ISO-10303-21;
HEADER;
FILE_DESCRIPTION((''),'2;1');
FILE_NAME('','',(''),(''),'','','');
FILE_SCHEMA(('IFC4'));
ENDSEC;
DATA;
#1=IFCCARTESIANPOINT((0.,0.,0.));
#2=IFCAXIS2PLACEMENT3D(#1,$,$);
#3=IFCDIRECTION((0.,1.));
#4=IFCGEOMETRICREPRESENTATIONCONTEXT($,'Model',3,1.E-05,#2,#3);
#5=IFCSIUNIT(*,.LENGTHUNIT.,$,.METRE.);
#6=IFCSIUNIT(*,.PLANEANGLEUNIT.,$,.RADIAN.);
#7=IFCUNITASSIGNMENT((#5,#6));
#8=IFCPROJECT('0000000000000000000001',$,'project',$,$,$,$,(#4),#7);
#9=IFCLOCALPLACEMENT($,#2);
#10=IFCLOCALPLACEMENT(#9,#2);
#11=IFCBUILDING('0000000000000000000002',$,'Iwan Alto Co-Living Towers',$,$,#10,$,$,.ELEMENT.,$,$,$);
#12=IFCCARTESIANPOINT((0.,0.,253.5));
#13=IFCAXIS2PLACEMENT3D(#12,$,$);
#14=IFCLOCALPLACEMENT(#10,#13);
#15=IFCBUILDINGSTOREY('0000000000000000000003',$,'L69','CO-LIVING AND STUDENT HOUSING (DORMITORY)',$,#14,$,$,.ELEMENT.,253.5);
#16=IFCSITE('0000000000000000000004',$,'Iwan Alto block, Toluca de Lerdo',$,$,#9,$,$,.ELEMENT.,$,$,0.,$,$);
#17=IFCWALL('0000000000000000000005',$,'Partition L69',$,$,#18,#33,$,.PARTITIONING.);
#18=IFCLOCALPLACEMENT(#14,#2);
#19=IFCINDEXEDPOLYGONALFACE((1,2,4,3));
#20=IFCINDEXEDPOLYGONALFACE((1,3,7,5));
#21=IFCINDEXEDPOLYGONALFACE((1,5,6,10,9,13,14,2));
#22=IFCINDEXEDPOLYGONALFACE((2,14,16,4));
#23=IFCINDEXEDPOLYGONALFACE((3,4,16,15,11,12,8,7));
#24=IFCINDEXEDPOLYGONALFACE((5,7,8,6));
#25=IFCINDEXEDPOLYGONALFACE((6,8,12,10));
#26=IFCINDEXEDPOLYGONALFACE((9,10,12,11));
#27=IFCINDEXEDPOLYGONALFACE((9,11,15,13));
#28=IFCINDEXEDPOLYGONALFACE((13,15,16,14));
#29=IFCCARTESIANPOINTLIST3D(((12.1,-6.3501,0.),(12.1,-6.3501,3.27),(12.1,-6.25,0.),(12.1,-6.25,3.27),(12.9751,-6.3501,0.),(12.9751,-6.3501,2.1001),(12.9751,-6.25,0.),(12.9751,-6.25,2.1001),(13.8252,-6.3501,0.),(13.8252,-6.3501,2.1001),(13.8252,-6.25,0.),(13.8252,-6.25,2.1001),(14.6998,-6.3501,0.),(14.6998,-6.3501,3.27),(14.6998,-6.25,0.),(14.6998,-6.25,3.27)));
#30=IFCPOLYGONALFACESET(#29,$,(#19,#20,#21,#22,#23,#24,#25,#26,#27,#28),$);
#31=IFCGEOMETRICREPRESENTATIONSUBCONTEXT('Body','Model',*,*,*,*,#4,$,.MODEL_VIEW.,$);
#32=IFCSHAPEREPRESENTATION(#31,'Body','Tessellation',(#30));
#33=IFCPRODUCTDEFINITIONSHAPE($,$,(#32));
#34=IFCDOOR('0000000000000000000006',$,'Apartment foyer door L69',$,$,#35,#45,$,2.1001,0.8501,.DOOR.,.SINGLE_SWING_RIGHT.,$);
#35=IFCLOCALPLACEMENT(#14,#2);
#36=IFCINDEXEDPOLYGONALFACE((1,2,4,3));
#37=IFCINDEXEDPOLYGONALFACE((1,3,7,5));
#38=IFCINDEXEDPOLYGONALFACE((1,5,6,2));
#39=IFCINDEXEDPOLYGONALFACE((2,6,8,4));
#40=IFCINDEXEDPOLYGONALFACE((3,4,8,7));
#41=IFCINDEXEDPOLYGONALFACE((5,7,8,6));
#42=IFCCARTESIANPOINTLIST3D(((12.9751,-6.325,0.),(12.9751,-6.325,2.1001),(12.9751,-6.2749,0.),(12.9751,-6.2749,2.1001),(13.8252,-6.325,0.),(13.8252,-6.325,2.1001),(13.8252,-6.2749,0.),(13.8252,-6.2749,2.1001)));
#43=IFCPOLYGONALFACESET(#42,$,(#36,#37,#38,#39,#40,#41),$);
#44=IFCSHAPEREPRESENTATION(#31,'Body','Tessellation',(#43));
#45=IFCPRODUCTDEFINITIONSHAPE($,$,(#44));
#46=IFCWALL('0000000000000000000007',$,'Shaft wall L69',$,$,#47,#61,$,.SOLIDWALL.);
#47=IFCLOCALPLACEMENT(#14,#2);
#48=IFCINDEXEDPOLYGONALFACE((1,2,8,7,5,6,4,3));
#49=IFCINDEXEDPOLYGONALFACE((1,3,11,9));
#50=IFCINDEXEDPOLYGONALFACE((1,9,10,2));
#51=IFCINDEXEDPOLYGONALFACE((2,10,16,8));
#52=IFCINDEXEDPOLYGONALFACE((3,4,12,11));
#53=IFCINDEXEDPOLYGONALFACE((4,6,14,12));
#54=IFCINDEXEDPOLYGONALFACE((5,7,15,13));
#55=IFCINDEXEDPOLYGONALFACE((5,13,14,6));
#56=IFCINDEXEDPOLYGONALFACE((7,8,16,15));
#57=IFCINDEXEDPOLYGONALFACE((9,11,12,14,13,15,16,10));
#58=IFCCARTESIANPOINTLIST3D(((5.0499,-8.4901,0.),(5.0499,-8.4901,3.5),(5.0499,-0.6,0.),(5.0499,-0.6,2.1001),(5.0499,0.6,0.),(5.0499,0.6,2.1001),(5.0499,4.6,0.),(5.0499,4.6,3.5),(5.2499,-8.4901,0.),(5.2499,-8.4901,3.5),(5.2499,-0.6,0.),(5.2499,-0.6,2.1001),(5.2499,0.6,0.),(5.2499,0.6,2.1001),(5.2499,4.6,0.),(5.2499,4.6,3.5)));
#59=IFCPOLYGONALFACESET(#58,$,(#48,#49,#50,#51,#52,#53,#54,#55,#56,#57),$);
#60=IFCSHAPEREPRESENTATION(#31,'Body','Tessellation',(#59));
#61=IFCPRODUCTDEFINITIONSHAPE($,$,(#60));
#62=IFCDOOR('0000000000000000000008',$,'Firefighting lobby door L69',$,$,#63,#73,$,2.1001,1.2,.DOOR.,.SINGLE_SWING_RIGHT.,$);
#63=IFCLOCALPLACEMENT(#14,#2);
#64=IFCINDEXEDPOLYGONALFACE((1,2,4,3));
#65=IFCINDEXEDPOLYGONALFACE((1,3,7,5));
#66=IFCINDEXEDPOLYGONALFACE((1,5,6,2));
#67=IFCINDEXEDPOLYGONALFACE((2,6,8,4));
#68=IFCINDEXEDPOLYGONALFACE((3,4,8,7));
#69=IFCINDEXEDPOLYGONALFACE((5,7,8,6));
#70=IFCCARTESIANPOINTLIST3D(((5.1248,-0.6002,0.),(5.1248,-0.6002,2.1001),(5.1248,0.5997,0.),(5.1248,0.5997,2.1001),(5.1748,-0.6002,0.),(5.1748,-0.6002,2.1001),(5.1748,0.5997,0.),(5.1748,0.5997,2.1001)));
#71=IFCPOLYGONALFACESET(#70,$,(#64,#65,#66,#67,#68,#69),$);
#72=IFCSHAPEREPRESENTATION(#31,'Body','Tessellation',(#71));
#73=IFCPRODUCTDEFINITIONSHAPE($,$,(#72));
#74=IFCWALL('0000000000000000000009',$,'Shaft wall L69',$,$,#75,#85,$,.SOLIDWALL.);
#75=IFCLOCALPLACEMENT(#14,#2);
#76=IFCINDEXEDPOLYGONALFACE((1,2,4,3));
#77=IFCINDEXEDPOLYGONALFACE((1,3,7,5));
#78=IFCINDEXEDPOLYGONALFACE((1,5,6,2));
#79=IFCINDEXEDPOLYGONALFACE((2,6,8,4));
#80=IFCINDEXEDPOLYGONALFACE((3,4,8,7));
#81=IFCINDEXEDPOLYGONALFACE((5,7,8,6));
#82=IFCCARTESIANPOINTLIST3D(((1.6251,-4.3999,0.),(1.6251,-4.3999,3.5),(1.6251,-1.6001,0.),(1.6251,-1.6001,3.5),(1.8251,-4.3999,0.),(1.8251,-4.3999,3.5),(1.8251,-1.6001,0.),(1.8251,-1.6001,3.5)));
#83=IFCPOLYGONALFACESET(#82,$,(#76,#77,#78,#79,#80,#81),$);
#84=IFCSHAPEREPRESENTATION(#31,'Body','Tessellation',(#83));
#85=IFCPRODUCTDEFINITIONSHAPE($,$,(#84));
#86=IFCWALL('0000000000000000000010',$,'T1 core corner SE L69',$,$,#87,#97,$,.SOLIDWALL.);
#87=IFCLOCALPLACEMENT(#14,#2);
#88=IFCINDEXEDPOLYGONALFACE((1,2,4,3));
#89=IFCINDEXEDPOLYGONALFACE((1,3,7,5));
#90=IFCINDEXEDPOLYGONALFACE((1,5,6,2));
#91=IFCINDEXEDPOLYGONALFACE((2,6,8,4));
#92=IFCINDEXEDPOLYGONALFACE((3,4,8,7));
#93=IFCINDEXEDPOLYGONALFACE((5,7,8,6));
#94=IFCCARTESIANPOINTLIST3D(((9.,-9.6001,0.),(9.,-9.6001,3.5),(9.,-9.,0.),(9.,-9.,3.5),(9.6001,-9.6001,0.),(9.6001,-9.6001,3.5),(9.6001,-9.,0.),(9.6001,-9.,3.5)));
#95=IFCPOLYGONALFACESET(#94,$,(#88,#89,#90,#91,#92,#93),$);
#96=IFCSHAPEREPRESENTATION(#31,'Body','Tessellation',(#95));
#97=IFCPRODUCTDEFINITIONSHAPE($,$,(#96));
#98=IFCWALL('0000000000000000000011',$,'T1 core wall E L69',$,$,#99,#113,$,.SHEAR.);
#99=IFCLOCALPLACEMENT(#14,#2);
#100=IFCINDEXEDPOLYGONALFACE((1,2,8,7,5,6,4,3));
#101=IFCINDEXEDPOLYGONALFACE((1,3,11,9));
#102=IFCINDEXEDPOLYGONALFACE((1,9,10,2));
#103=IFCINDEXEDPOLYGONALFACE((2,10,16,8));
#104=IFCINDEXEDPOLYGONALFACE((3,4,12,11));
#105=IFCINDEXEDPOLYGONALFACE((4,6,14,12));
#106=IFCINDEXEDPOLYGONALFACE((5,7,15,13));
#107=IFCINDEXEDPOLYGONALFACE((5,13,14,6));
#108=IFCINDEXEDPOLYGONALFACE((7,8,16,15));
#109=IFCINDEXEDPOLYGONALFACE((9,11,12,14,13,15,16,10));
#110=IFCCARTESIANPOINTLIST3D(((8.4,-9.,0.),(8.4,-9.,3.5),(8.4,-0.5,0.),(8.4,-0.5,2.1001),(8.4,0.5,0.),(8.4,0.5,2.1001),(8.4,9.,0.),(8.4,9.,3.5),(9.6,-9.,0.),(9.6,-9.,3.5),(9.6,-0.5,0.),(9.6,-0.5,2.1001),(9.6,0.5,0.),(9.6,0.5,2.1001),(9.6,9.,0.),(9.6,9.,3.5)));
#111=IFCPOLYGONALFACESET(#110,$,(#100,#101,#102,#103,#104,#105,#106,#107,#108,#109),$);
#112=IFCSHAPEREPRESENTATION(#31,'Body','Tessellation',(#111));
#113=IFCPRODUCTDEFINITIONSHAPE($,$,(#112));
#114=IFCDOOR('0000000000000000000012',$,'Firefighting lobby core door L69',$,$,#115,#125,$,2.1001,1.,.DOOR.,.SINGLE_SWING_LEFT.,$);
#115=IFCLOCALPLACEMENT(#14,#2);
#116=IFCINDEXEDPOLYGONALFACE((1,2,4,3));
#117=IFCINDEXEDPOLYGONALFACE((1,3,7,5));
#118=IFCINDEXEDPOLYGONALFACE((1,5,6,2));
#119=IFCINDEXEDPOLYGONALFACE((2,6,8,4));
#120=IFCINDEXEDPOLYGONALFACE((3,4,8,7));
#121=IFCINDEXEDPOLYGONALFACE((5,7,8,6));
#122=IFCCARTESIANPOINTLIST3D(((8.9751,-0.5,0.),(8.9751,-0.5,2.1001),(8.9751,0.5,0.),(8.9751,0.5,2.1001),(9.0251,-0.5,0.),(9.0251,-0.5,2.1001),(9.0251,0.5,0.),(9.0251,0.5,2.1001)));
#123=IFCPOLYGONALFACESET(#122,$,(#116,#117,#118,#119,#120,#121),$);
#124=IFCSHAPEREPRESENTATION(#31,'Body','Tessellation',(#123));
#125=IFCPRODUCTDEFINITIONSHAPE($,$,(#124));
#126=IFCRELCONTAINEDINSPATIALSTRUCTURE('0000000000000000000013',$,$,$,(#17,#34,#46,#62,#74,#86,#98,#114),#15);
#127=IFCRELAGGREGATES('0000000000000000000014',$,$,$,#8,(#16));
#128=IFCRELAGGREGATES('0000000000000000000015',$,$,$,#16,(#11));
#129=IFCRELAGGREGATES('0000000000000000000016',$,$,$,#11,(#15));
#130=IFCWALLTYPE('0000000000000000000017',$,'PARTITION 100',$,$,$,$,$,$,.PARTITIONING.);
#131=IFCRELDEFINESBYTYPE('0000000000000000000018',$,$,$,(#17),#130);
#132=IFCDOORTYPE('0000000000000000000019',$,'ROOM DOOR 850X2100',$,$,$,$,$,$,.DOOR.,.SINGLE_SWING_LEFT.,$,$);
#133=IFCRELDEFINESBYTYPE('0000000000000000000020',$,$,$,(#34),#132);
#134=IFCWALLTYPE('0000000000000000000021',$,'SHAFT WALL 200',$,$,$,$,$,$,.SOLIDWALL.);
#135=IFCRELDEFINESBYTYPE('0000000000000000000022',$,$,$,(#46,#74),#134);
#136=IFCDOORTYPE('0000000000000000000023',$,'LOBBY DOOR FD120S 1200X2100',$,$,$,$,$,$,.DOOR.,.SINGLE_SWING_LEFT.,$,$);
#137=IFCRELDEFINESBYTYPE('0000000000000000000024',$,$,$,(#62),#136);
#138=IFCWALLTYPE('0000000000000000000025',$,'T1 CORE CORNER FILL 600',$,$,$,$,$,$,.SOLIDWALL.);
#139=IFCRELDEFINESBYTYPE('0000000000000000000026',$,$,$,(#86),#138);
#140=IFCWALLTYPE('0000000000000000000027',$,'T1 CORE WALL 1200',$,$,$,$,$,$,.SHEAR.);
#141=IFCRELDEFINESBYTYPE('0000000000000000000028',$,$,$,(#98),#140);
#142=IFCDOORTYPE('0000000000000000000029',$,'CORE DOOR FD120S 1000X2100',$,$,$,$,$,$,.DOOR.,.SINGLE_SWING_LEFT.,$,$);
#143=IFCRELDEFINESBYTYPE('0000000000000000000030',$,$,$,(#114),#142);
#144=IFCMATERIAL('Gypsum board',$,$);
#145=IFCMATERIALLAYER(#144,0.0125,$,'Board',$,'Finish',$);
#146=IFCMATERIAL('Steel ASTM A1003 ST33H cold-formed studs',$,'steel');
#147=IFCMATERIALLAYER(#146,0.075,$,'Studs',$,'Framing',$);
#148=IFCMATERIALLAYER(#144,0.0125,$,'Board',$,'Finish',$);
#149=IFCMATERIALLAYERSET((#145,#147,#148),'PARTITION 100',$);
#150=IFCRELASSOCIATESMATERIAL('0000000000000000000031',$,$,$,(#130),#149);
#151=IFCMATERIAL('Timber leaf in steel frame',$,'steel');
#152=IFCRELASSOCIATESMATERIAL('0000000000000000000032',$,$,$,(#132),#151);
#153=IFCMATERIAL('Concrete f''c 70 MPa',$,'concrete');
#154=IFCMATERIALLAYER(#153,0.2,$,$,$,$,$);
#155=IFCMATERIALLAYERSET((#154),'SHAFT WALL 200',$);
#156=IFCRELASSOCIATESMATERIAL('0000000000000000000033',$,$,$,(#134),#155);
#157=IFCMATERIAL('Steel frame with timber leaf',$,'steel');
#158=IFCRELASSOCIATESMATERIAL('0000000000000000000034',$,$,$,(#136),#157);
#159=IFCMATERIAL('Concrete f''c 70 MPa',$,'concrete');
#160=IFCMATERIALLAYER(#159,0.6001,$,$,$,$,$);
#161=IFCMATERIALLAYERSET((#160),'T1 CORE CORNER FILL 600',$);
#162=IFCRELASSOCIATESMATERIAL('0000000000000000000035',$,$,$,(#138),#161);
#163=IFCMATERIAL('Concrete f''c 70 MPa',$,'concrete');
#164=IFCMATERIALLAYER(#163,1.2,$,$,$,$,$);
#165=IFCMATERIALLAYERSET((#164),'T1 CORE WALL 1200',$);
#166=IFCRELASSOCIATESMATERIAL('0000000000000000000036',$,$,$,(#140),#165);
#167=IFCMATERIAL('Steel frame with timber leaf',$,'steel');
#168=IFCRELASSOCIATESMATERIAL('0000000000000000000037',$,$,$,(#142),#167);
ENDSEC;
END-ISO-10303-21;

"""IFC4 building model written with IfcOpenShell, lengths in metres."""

from ifc_helpers import new_model, si_unit, direction, frame, frame_2d, origin, place, context, subcontext, project, spatial, rectangle, extrude, material, layer, layer_set, type_object, element, fill, save


model = new_model("IFC4")

# Units and contexts
model_context = context("Model", 3, precision=1e-05, world=origin(), true_north=direction((0.0, 1.0)))
body_context = subcontext(model_context, "Body", "Model", "MODEL_VIEW")
ifc_project = project(units=[si_unit("LENGTHUNIT", "METRE"), si_unit("PLANEANGLEUNIT", "RADIAN")], contexts=[model_context])

# Site, building, storey
site_placement = place(None, origin())
site = spatial("IfcSite", under=ifc_project, at=site_placement, Name="Iwan Alto block, Toluca de Lerdo", CompositionType="ELEMENT", RefElevation=0.0)
building_placement = place(site_placement, origin())
building = spatial("IfcBuilding", under=site, at=building_placement, Name="Iwan Alto Co-Living Towers", CompositionType="ELEMENT")
storey_placement = place(building_placement, frame((0.0, 0.0, 253.5)))
storey = spatial("IfcBuildingStorey", under=building, at=storey_placement, Name="L69", Description="CO-LIVING AND STUDENT HOUSING (DORMITORY)", CompositionType="ELEMENT", Elevation=253.5)

# Shared definitions
ifc_material_1 = material(Name="Gypsum board")
ifc_material_2 = material(Name="Steel ASTM A1003 ST33H cold-formed studs", Category="steel")

# Shared definitions
ifc_layer_1 = layer(ifc_material_1, 0.0125, Name="Board", Category="Finish")
ifc_layer_2 = layer(ifc_material_2, 0.075, Name="Studs", Category="Framing")
ifc_layer_3 = layer(ifc_material_1, 0.0125, Name="Board", Category="Finish")
ifc_layer_set_1 = layer_set([ifc_layer_1, ifc_layer_2, ifc_layer_3], Name="PARTITION 100")
wall_type_1 = type_object("IfcWallType", Name="PARTITION 100", PredefinedType="PARTITIONING", material=ifc_layer_set_1)

# Walls, openings, doors
wall_1_placement = place(storey_placement, frame((12.1001, -6.3, 0.0), z_axis=(0.0, 0.0, 1.0), x_axis=(1.0, 0.0, 0.0)))
wall_1 = element("IfcWall", 1, at=wall_1_placement, inside=storey, type_object=wall_type_1, Name="Partition L69", PredefinedType="PARTITIONING", context=body_context, shape_type="SweptSolid", body=[
    extrude(rectangle(XDim=2.5999, YDim=0.1001, at=frame_2d((1.2998, 0.0))), origin(), (0.0, 0.0, 1.0), 3.27),
])
opening_1_placement = place(wall_1_placement, frame((0.875, 0.0, 0.0)))
opening_1 = element("IfcOpeningElement", 2, at=opening_1_placement, cuts=wall_1, PredefinedType="OPENING", context=body_context, shape_type="SweptSolid", body=[
    extrude(rectangle(XDim=0.8501, YDim=2.1001, at=frame_2d((0.425, 1.05))), frame((0.0, 0.0601, 0.0), z_axis=(0.0, -1.0, 0.0), x_axis=(1.0, 0.0, 0.0)), (0.0, 0.0, 1.0), 0.1201),
])
ifc_material_3 = material(Name="Timber leaf in steel frame", Category="steel")
door_type_1 = type_object("IfcDoorType", Name="ROOM DOOR 850X2100", OperationType="SINGLE_SWING_LEFT", PredefinedType="DOOR", material=ifc_material_3)
door_1_placement = place(opening_1_placement, frame((0.8501, 0.0, 0.0), z_axis=(0.0, 0.0, 1.0), x_axis=(-1.0, 0.0, 0.0)))
door_1 = element("IfcDoor", 3, at=door_1_placement, inside=storey, type_object=door_type_1, Name="Apartment foyer door L69", OperationType="SINGLE_SWING_RIGHT", OverallHeight=2.1001, OverallWidth=0.8501, PredefinedType="DOOR", context=body_context, shape_type="SweptSolid", body=[
    extrude(rectangle(XDim=0.8501, YDim=2.1001, at=frame_2d((0.425, 1.05))), frame((0.0, 0.0249, 0.0), z_axis=(0.0, -1.0, 0.0), x_axis=(1.0, 0.0, 0.0)), (0.0, 0.0, 1.0), 0.05),
])
fill(opening_1, door_1)
ifc_material_4 = material(Name="Concrete f'c 70 MPa", Category="concrete")
ifc_layer_4 = layer(ifc_material_4, 0.2)
ifc_layer_set_2 = layer_set([ifc_layer_4], Name="SHAFT WALL 200")
wall_type_2 = type_object("IfcWallType", Name="SHAFT WALL 200", PredefinedType="SOLIDWALL", material=ifc_layer_set_2)
wall_2_placement = place(storey_placement, frame((5.1499, -8.49, 0.0), z_axis=(0.0, 0.0, 1.0), x_axis=(0.0, 1.0, 0.0)))
wall_2 = element("IfcWall", 4, at=wall_2_placement, inside=storey, type_object=wall_type_2, Name="Shaft wall L69", PredefinedType="SOLIDWALL", context=body_context, shape_type="SweptSolid", body=[
    extrude(rectangle(XDim=13.0901, YDim=0.2, at=frame_2d((6.5449, 0.0))), origin(), (0.0, 0.0, 1.0), 3.5),
])
opening_2_placement = place(wall_2_placement, frame((7.8899, 0.0, 0.0)))
opening_2 = element("IfcOpeningElement", 5, at=opening_2_placement, cuts=wall_2, PredefinedType="OPENING", context=body_context, shape_type="SweptSolid", body=[
    extrude(rectangle(XDim=1.2, YDim=2.1001, at=frame_2d((0.6001, 1.05))), frame((0.0, 0.1099, 0.0), z_axis=(0.0, -1.0, 0.0), x_axis=(1.0, 0.0, 0.0)), (0.0, 0.0, 1.0), 0.22),
])
ifc_material_5 = material(Name="Steel frame with timber leaf", Category="steel")
door_type_2 = type_object("IfcDoorType", Name="LOBBY DOOR FD120S 1200X2100", OperationType="SINGLE_SWING_LEFT", PredefinedType="DOOR", material=ifc_material_5)
door_2_placement = place(opening_2_placement, frame((1.2, 0.0, 0.0), z_axis=(0.0, 0.0, 1.0), x_axis=(-1.0, 0.0, 0.0)))
door_2 = element("IfcDoor", 6, at=door_2_placement, inside=storey, type_object=door_type_2, Name="Firefighting lobby door L69", OperationType="SINGLE_SWING_RIGHT", OverallHeight=2.1001, OverallWidth=1.2, PredefinedType="DOOR", context=body_context, shape_type="SweptSolid", body=[
    extrude(rectangle(XDim=1.2, YDim=2.1001, at=frame_2d((0.6001, 1.05))), frame((0.0, 0.0249, 0.0), z_axis=(0.0, -1.0, 0.0), x_axis=(1.0, 0.0, 0.0)), (0.0, 0.0, 1.0), 0.05),
])
fill(opening_2, door_2)

# Walls
wall_3_placement = place(storey_placement, frame((1.7251, -4.3999, 0.0), z_axis=(0.0, 0.0, 1.0), x_axis=(0.0, 1.0, 0.0)))
element("IfcWall", 7, at=wall_3_placement, inside=storey, type_object=wall_type_2, Name="Shaft wall L69", PredefinedType="SOLIDWALL", context=body_context, shape_type="SweptSolid", body=[
    extrude(rectangle(XDim=2.7998, YDim=0.2, at=frame_2d((1.3999, 0.0))), origin(), (0.0, 0.0, 1.0), 3.5),
])
ifc_material_6 = material(Name="Concrete f'c 70 MPa", Category="concrete")
ifc_layer_5 = layer(ifc_material_6, 0.6001)
ifc_layer_set_3 = layer_set([ifc_layer_5], Name="T1 CORE CORNER FILL 600")
wall_type_3 = type_object("IfcWallType", Name="T1 CORE CORNER FILL 600", PredefinedType="SOLIDWALL", material=ifc_layer_set_3)
wall_4_placement = place(storey_placement, frame((9.0, -9.3, 0.0), z_axis=(0.0, 0.0, 1.0), x_axis=(1.0, 0.0, 0.0)))
element("IfcWall", 8, at=wall_4_placement, inside=storey, type_object=wall_type_3, Name="T1 core corner SE L69", PredefinedType="SOLIDWALL", context=body_context, shape_type="SweptSolid", body=[
    extrude(rectangle(XDim=0.6001, YDim=0.6001, at=frame_2d((0.3, 0.0))), origin(), (0.0, 0.0, 1.0), 3.5),
])

# Wall, opening, door
ifc_material_7 = material(Name="Concrete f'c 70 MPa", Category="concrete")
ifc_layer_6 = layer(ifc_material_7, 1.2)
ifc_layer_set_4 = layer_set([ifc_layer_6], Name="T1 CORE WALL 1200")
wall_type_4 = type_object("IfcWallType", Name="T1 CORE WALL 1200", PredefinedType="SHEAR", material=ifc_layer_set_4)
wall_5_placement = place(storey_placement, frame((9.0, -9.0, 0.0), z_axis=(0.0, 0.0, 1.0), x_axis=(0.0, 1.0, 0.0)))
wall_5 = element("IfcWall", 9, at=wall_5_placement, inside=storey, type_object=wall_type_4, Name="T1 core wall E L69", PredefinedType="SHEAR", context=body_context, shape_type="SweptSolid", body=[
    extrude(rectangle(XDim=18.0, YDim=1.2, at=frame_2d((9.0, 0.0))), origin(), (0.0, 0.0, 1.0), 3.5),
])
opening_3_placement = place(wall_5_placement, frame((8.5, 0.0, 0.0)))
opening_3 = element("IfcOpeningElement", 10, at=opening_3_placement, cuts=wall_5, PredefinedType="OPENING", context=body_context, shape_type="SweptSolid", body=[
    extrude(rectangle(XDim=1.0, YDim=2.1001, at=frame_2d((0.5, 1.05))), frame((0.0, 0.6099, 0.0), z_axis=(0.0, -1.0, 0.0), x_axis=(1.0, 0.0, 0.0)), (0.0, 0.0, 1.0), 1.22),
])
ifc_material_8 = material(Name="Steel frame with timber leaf", Category="steel")
door_type_3 = type_object("IfcDoorType", Name="CORE DOOR FD120S 1000X2100", OperationType="SINGLE_SWING_LEFT", PredefinedType="DOOR", material=ifc_material_8)
door_3_placement = place(opening_3_placement, origin())
door_3 = element("IfcDoor", 11, at=door_3_placement, inside=storey, type_object=door_type_3, Name="Firefighting lobby core door L69", OperationType="SINGLE_SWING_LEFT", OverallHeight=2.1001, OverallWidth=1.0, PredefinedType="DOOR", context=body_context, shape_type="SweptSolid", body=[
    extrude(rectangle(XDim=1.0, YDim=2.1001, at=frame_2d((0.5, 1.05))), frame((0.0, 0.0249, 0.0), z_axis=(0.0, -1.0, 0.0), x_axis=(1.0, 0.0, 0.0)), (0.0, 0.0, 1.0), 0.05),
])
fill(opening_3, door_3)

save(model, "model.ifc")
